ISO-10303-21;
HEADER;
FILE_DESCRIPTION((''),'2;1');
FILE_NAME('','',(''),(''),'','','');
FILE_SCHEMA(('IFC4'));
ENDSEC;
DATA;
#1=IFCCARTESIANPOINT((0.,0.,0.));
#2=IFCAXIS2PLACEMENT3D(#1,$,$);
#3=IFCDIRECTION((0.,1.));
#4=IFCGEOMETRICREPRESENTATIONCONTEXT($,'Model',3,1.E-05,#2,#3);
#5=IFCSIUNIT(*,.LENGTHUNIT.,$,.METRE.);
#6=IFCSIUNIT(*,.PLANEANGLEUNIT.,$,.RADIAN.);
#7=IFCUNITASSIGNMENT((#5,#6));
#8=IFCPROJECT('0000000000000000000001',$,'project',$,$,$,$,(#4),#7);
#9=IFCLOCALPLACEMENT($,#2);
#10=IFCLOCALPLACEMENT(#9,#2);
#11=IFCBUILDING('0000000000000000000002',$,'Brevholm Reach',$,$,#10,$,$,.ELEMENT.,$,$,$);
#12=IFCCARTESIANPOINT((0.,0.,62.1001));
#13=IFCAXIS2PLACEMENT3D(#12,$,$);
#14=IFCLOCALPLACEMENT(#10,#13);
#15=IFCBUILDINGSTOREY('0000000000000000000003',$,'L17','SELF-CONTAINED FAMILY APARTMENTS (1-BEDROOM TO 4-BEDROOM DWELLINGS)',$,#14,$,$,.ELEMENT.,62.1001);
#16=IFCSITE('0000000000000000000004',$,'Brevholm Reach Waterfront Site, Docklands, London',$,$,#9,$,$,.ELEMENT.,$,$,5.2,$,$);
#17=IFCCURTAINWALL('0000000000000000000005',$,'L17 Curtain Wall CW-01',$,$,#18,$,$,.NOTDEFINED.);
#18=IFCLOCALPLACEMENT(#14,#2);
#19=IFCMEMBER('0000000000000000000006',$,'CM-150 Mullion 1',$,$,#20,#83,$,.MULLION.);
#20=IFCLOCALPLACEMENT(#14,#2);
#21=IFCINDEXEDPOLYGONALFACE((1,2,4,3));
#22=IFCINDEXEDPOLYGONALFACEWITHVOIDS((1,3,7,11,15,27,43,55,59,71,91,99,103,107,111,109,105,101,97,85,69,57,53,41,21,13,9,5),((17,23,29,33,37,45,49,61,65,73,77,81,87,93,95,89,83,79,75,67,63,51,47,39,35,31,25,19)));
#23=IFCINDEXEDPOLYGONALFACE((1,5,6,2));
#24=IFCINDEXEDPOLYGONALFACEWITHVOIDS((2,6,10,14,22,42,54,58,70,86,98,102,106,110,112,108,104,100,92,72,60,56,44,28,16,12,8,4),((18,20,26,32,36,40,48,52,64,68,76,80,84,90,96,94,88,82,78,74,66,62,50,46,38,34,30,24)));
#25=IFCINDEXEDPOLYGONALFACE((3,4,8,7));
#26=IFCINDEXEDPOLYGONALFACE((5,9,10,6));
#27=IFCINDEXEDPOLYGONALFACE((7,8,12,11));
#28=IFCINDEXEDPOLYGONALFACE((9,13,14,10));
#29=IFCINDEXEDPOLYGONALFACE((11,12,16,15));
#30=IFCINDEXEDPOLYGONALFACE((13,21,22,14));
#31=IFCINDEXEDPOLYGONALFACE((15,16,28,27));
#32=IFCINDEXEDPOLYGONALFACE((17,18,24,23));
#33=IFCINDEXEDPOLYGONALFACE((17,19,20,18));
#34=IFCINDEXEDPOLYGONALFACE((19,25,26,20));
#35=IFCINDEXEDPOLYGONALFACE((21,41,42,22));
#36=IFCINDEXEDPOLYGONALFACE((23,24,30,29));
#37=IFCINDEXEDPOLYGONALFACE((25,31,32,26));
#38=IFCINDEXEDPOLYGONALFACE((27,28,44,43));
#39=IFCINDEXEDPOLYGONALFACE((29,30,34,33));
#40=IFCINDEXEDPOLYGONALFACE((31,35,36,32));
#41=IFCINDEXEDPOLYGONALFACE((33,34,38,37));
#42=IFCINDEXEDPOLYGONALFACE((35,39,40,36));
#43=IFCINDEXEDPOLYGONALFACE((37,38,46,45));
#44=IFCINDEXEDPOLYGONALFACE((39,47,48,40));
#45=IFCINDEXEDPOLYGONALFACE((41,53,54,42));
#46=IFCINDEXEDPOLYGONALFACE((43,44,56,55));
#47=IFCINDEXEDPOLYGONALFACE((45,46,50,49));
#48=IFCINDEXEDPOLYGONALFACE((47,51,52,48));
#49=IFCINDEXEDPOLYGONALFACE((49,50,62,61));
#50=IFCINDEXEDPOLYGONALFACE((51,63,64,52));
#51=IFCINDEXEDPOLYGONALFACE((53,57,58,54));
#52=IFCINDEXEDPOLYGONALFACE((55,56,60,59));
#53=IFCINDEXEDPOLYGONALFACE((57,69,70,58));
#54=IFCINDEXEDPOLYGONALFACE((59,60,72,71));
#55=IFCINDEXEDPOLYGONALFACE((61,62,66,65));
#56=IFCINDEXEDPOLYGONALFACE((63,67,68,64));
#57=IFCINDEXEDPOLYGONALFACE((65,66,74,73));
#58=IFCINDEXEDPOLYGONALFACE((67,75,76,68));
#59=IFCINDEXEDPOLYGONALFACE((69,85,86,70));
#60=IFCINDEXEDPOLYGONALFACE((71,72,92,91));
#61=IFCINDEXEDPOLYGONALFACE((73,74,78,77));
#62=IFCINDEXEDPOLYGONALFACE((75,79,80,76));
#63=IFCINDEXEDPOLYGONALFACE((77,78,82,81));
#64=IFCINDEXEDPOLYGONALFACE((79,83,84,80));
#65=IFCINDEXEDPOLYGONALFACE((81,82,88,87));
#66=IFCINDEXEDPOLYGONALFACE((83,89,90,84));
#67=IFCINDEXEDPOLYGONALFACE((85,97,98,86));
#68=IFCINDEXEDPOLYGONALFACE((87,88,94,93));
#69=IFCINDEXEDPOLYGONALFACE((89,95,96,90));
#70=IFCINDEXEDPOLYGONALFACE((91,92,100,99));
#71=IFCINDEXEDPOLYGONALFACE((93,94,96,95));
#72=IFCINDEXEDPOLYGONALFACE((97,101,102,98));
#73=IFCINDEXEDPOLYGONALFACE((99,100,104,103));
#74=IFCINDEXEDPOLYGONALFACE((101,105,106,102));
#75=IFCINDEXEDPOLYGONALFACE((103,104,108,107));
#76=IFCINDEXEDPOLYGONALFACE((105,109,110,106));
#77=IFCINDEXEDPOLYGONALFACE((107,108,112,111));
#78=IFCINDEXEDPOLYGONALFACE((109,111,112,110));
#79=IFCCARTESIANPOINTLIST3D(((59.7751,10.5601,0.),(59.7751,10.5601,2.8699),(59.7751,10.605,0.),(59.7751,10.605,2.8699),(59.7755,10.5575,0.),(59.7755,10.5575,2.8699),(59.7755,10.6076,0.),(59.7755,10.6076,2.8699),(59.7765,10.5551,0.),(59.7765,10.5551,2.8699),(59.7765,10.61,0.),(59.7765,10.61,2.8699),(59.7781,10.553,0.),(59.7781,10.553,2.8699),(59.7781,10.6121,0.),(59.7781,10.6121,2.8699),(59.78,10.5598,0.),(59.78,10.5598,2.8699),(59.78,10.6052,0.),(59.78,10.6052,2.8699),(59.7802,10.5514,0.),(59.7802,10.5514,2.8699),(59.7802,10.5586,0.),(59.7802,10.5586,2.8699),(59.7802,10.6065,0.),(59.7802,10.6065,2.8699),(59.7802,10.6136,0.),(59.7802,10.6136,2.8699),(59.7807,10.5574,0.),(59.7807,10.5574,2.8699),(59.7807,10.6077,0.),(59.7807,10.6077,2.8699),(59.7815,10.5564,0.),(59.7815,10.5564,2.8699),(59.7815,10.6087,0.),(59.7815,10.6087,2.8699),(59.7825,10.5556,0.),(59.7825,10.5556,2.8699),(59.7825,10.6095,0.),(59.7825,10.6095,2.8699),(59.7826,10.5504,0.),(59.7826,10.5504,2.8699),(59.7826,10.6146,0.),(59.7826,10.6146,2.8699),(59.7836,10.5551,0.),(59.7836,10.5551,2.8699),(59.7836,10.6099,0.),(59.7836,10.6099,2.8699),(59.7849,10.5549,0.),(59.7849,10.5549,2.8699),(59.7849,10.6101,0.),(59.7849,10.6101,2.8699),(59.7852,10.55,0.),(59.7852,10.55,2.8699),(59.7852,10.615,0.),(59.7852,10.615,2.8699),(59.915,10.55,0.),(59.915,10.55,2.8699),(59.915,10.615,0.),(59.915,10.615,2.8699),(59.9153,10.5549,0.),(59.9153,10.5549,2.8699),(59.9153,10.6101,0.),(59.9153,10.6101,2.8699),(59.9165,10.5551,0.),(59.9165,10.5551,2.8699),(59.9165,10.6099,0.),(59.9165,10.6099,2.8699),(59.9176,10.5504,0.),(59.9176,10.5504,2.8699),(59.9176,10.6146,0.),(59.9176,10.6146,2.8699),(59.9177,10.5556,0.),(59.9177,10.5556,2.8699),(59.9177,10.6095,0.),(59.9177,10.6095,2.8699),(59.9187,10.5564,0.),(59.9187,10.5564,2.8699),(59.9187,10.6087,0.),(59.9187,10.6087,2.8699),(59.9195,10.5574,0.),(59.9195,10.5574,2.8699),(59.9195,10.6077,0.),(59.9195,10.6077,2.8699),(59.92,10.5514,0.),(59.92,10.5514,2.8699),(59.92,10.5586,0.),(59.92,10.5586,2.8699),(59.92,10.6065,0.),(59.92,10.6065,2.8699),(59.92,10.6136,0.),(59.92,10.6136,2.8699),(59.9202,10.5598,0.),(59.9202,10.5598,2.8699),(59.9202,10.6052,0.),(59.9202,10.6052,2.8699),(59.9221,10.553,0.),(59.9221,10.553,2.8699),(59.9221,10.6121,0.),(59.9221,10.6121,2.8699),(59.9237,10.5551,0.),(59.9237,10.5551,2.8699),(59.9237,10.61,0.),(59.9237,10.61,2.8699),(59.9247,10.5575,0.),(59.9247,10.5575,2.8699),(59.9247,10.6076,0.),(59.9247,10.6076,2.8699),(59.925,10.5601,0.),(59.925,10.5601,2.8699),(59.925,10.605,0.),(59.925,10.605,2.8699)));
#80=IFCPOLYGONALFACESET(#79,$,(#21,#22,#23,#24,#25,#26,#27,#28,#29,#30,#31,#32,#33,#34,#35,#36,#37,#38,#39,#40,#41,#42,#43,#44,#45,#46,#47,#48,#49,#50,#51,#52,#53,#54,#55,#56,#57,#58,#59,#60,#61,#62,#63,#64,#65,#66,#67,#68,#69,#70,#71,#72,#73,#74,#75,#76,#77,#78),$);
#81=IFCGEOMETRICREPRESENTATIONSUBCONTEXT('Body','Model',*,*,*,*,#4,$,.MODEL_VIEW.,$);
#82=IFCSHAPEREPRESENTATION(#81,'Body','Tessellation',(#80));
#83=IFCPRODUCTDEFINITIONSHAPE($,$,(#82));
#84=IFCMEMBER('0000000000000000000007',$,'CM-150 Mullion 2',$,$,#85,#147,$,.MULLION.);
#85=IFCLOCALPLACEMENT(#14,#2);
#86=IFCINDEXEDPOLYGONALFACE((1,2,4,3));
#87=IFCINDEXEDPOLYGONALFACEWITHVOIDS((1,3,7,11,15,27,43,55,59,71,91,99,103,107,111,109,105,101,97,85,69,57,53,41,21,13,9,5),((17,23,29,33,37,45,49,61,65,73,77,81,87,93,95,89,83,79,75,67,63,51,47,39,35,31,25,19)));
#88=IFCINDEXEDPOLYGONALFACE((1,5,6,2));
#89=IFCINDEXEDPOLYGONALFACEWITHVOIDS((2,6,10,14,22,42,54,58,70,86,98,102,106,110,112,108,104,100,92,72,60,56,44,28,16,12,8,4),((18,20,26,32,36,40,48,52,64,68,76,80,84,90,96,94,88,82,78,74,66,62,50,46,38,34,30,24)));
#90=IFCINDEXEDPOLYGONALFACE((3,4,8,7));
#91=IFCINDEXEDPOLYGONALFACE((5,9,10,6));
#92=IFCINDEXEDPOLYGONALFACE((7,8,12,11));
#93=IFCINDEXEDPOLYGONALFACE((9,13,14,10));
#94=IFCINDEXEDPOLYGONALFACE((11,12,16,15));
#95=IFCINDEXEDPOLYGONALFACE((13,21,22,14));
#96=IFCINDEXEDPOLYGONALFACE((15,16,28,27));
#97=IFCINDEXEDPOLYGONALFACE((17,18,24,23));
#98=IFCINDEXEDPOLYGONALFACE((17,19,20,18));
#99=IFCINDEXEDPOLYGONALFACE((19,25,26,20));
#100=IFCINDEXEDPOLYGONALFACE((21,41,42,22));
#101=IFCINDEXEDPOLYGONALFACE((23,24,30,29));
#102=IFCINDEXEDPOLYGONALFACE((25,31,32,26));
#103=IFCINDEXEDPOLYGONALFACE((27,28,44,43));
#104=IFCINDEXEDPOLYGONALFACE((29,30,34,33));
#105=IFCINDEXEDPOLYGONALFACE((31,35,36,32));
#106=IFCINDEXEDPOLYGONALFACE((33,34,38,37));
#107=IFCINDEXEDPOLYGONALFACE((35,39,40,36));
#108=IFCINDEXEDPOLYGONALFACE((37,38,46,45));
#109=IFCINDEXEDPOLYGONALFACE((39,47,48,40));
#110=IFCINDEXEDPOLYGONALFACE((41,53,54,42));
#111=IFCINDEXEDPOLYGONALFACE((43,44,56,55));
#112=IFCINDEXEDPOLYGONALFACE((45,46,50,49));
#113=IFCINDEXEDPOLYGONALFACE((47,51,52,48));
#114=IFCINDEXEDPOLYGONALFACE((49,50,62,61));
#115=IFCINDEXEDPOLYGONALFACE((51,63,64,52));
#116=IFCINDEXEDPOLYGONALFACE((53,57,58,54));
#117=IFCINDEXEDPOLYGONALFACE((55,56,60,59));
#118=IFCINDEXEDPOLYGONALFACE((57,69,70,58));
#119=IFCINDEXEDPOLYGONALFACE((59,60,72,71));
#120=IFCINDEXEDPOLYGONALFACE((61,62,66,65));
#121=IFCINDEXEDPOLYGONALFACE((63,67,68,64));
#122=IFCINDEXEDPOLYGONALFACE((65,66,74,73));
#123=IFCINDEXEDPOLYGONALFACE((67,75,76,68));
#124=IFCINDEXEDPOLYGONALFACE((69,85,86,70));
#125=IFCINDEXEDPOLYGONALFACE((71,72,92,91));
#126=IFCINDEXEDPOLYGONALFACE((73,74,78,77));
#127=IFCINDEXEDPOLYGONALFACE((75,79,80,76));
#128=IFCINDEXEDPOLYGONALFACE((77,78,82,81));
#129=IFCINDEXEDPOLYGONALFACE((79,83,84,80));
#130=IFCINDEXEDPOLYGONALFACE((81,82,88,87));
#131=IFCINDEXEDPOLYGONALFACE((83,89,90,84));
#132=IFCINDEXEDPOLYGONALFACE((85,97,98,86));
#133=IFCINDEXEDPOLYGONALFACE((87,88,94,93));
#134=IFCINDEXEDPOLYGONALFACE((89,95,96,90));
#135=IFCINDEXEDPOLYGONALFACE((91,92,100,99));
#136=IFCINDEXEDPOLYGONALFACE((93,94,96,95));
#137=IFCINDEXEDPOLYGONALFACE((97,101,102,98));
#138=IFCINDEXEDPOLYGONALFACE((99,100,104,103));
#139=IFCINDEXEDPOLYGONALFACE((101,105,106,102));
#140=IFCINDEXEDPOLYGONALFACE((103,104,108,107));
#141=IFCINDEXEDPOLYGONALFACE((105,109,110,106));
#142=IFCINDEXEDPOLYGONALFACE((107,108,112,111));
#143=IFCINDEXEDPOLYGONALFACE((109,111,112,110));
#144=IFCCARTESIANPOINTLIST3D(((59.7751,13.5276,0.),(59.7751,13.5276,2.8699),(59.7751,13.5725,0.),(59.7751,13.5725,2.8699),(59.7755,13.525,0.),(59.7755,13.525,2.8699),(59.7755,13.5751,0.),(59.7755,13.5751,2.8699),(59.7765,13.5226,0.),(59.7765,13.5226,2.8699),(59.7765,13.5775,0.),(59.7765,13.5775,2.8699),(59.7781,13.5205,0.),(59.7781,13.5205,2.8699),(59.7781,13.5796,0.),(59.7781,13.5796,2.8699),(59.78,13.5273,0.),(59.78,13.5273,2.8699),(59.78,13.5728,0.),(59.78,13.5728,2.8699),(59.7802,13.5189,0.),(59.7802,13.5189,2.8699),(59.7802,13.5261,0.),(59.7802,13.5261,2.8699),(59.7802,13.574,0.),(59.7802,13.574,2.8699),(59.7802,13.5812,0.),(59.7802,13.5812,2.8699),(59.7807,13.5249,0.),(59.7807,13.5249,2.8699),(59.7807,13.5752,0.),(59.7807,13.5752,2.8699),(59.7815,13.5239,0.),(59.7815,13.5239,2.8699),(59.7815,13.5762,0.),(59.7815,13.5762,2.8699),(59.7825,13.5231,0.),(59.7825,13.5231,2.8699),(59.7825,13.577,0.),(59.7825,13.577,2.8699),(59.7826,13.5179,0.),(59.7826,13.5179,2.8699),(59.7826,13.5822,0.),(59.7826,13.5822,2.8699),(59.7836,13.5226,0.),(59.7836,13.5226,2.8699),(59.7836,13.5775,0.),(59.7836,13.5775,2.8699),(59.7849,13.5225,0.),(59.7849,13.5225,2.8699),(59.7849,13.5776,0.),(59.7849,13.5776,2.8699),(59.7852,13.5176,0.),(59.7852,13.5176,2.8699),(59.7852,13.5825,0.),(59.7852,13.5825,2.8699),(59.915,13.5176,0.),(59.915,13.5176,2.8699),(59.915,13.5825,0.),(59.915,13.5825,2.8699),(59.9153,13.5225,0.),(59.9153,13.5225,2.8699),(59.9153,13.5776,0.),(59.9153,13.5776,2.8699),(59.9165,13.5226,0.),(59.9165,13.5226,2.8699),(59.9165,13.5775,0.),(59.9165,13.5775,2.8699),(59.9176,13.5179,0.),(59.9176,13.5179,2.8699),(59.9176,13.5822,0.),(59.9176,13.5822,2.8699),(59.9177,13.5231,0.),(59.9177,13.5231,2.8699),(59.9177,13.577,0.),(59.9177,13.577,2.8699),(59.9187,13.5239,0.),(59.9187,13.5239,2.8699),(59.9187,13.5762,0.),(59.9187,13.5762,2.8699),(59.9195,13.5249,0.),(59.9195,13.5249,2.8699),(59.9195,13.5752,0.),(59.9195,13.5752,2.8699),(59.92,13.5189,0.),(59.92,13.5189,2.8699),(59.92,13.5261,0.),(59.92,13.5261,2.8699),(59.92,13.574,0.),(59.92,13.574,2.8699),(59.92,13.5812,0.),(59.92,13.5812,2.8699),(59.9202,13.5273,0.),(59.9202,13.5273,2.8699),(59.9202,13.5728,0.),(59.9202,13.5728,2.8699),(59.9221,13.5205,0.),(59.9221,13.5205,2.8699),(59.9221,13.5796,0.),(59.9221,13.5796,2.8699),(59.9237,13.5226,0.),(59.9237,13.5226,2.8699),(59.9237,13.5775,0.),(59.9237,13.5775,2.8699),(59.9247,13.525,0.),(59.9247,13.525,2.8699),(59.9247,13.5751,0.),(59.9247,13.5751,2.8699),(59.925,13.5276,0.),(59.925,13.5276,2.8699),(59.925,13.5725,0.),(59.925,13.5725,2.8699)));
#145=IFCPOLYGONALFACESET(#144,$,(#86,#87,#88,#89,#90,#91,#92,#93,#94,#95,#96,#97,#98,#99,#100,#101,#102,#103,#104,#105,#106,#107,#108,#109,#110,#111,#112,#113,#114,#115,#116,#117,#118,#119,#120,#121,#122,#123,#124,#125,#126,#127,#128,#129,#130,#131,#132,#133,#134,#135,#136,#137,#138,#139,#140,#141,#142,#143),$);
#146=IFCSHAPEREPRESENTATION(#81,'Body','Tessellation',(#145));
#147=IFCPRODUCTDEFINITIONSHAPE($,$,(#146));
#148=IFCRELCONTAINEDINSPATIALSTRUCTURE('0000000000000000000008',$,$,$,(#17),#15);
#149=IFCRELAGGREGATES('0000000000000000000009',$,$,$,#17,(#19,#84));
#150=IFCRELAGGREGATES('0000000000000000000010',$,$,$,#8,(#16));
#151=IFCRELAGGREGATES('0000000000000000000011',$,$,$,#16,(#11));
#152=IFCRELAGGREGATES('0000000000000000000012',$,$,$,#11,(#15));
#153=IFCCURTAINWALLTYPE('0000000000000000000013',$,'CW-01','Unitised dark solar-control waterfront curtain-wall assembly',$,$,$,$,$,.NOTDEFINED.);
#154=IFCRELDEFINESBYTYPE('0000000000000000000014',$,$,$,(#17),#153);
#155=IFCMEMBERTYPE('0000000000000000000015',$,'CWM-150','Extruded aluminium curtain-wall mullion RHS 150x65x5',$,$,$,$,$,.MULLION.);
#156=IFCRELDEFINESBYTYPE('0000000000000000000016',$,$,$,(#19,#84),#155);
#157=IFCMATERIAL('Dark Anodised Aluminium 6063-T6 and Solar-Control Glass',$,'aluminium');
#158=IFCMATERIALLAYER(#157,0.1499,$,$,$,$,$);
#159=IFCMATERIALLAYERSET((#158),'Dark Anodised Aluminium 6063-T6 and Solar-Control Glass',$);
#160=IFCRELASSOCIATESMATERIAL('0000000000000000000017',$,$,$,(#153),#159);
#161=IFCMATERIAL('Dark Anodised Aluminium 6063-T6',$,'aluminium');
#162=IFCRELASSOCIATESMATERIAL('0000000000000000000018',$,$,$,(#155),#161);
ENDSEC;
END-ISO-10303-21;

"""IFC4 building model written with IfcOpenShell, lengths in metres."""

from ifc_helpers import new_model, si_unit, direction, frame, origin, origin_2d, place, context, subcontext, project, spatial, hollow_rectangle, extrude, material, layer, layer_set, material_profile, profile_set, type_object, element, aggregate, save


model = new_model("IFC4")

# Units and contexts
model_context = context("Model", 3, precision=1e-05, world=origin(), true_north=direction((0.0, 1.0)))
body_context = subcontext(model_context, "Body", "Model", "MODEL_VIEW")
ifc_project = project(units=[si_unit("LENGTHUNIT", "METRE"), si_unit("PLANEANGLEUNIT", "RADIAN")], contexts=[model_context])

# Site, building, storey
site_placement = place(None, origin())
site = spatial("IfcSite", under=ifc_project, at=site_placement, Name="Brevholm Reach Waterfront Site, Docklands, London", CompositionType="ELEMENT", RefElevation=5.2)
building_placement = place(site_placement, origin())
building = spatial("IfcBuilding", under=site, at=building_placement, Name="Brevholm Reach", CompositionType="ELEMENT")
storey_placement = place(building_placement, frame((0.0, 0.0, 62.1001)))
storey = spatial("IfcBuildingStorey", under=building, at=storey_placement, Name="L17", Description="SELF-CONTAINED FAMILY APARTMENTS (1-BEDROOM TO 4-BEDROOM DWELLINGS)", CompositionType="ELEMENT", Elevation=62.1001)

# Curtain wall, members
ifc_material_1 = material(Name="Dark Anodised Aluminium 6063-T6 and Solar-Control Glass", Category="aluminium")
ifc_layer_1 = layer(ifc_material_1, 0.1499)
ifc_layer_set_1 = layer_set([ifc_layer_1], Name="Dark Anodised Aluminium 6063-T6 and Solar-Control Glass")
curtain_wall_type = type_object("IfcCurtainWallType", Name="CW-01", Description="Unitised dark solar-control waterfront curtain-wall assembly", PredefinedType="NOTDEFINED", material=ifc_layer_set_1)
curtain_wall_placement = place(storey_placement, origin())
curtain_wall = element("IfcCurtainWall", 1, at=curtain_wall_placement, inside=storey, type_object=curtain_wall_type, Name="L17 Curtain Wall CW-01", PredefinedType="NOTDEFINED")
ifc_material_2 = material(Name="Dark Anodised Aluminium 6063-T6", Category="aluminium")
ifc_material_profile_1 = material_profile(ifc_material_2, hollow_rectangle(XDim=0.0649, YDim=0.1499, WallThickness=0.0049, InnerFilletRadius=0.0049, OuterFilletRadius=0.01, at=origin_2d()), Name="RHS 150x65x5")
ifc_profile_set_1 = profile_set([ifc_material_profile_1], Name="Dark Anodised Aluminium 6063-T6")
member_type_1 = type_object("IfcMemberType", Name="CWM-150", Description="Extruded aluminium curtain-wall mullion RHS 150x65x5", PredefinedType="MULLION", material=ifc_profile_set_1)
member_1_placement = place(storey_placement, frame((59.8501, 10.5825, 0.0), z_axis=(0.0, 0.0, 1.0), x_axis=(0.0, 1.0, 0.0)))
member_1 = element("IfcMember", 2, at=member_1_placement, type_object=member_type_1, Name="CM-150 Mullion 1", PredefinedType="MULLION", context=body_context, shape_type="SweptSolid", body=[
    extrude(hollow_rectangle(XDim=0.0649, YDim=0.1499, WallThickness=0.0049, InnerFilletRadius=0.0049, OuterFilletRadius=0.01, at=origin_2d()), origin(), (0.0, 0.0, 1.0), 2.8699),
])
member_2_placement = place(storey_placement, frame((59.8501, 13.55, 0.0), z_axis=(0.0, 0.0, 1.0), x_axis=(0.0, 1.0, 0.0)))
member_2 = element("IfcMember", 3, at=member_2_placement, type_object=member_type_1, Name="CM-150 Mullion 2", PredefinedType="MULLION", context=body_context, shape_type="SweptSolid", body=[
    extrude(hollow_rectangle(XDim=0.0649, YDim=0.1499, WallThickness=0.0049, InnerFilletRadius=0.0049, OuterFilletRadius=0.01, at=origin_2d()), origin(), (0.0, 0.0, 1.0), 2.8699),
])
aggregate(curtain_wall, [member_1, member_2])

save(model, "model.ifc")
